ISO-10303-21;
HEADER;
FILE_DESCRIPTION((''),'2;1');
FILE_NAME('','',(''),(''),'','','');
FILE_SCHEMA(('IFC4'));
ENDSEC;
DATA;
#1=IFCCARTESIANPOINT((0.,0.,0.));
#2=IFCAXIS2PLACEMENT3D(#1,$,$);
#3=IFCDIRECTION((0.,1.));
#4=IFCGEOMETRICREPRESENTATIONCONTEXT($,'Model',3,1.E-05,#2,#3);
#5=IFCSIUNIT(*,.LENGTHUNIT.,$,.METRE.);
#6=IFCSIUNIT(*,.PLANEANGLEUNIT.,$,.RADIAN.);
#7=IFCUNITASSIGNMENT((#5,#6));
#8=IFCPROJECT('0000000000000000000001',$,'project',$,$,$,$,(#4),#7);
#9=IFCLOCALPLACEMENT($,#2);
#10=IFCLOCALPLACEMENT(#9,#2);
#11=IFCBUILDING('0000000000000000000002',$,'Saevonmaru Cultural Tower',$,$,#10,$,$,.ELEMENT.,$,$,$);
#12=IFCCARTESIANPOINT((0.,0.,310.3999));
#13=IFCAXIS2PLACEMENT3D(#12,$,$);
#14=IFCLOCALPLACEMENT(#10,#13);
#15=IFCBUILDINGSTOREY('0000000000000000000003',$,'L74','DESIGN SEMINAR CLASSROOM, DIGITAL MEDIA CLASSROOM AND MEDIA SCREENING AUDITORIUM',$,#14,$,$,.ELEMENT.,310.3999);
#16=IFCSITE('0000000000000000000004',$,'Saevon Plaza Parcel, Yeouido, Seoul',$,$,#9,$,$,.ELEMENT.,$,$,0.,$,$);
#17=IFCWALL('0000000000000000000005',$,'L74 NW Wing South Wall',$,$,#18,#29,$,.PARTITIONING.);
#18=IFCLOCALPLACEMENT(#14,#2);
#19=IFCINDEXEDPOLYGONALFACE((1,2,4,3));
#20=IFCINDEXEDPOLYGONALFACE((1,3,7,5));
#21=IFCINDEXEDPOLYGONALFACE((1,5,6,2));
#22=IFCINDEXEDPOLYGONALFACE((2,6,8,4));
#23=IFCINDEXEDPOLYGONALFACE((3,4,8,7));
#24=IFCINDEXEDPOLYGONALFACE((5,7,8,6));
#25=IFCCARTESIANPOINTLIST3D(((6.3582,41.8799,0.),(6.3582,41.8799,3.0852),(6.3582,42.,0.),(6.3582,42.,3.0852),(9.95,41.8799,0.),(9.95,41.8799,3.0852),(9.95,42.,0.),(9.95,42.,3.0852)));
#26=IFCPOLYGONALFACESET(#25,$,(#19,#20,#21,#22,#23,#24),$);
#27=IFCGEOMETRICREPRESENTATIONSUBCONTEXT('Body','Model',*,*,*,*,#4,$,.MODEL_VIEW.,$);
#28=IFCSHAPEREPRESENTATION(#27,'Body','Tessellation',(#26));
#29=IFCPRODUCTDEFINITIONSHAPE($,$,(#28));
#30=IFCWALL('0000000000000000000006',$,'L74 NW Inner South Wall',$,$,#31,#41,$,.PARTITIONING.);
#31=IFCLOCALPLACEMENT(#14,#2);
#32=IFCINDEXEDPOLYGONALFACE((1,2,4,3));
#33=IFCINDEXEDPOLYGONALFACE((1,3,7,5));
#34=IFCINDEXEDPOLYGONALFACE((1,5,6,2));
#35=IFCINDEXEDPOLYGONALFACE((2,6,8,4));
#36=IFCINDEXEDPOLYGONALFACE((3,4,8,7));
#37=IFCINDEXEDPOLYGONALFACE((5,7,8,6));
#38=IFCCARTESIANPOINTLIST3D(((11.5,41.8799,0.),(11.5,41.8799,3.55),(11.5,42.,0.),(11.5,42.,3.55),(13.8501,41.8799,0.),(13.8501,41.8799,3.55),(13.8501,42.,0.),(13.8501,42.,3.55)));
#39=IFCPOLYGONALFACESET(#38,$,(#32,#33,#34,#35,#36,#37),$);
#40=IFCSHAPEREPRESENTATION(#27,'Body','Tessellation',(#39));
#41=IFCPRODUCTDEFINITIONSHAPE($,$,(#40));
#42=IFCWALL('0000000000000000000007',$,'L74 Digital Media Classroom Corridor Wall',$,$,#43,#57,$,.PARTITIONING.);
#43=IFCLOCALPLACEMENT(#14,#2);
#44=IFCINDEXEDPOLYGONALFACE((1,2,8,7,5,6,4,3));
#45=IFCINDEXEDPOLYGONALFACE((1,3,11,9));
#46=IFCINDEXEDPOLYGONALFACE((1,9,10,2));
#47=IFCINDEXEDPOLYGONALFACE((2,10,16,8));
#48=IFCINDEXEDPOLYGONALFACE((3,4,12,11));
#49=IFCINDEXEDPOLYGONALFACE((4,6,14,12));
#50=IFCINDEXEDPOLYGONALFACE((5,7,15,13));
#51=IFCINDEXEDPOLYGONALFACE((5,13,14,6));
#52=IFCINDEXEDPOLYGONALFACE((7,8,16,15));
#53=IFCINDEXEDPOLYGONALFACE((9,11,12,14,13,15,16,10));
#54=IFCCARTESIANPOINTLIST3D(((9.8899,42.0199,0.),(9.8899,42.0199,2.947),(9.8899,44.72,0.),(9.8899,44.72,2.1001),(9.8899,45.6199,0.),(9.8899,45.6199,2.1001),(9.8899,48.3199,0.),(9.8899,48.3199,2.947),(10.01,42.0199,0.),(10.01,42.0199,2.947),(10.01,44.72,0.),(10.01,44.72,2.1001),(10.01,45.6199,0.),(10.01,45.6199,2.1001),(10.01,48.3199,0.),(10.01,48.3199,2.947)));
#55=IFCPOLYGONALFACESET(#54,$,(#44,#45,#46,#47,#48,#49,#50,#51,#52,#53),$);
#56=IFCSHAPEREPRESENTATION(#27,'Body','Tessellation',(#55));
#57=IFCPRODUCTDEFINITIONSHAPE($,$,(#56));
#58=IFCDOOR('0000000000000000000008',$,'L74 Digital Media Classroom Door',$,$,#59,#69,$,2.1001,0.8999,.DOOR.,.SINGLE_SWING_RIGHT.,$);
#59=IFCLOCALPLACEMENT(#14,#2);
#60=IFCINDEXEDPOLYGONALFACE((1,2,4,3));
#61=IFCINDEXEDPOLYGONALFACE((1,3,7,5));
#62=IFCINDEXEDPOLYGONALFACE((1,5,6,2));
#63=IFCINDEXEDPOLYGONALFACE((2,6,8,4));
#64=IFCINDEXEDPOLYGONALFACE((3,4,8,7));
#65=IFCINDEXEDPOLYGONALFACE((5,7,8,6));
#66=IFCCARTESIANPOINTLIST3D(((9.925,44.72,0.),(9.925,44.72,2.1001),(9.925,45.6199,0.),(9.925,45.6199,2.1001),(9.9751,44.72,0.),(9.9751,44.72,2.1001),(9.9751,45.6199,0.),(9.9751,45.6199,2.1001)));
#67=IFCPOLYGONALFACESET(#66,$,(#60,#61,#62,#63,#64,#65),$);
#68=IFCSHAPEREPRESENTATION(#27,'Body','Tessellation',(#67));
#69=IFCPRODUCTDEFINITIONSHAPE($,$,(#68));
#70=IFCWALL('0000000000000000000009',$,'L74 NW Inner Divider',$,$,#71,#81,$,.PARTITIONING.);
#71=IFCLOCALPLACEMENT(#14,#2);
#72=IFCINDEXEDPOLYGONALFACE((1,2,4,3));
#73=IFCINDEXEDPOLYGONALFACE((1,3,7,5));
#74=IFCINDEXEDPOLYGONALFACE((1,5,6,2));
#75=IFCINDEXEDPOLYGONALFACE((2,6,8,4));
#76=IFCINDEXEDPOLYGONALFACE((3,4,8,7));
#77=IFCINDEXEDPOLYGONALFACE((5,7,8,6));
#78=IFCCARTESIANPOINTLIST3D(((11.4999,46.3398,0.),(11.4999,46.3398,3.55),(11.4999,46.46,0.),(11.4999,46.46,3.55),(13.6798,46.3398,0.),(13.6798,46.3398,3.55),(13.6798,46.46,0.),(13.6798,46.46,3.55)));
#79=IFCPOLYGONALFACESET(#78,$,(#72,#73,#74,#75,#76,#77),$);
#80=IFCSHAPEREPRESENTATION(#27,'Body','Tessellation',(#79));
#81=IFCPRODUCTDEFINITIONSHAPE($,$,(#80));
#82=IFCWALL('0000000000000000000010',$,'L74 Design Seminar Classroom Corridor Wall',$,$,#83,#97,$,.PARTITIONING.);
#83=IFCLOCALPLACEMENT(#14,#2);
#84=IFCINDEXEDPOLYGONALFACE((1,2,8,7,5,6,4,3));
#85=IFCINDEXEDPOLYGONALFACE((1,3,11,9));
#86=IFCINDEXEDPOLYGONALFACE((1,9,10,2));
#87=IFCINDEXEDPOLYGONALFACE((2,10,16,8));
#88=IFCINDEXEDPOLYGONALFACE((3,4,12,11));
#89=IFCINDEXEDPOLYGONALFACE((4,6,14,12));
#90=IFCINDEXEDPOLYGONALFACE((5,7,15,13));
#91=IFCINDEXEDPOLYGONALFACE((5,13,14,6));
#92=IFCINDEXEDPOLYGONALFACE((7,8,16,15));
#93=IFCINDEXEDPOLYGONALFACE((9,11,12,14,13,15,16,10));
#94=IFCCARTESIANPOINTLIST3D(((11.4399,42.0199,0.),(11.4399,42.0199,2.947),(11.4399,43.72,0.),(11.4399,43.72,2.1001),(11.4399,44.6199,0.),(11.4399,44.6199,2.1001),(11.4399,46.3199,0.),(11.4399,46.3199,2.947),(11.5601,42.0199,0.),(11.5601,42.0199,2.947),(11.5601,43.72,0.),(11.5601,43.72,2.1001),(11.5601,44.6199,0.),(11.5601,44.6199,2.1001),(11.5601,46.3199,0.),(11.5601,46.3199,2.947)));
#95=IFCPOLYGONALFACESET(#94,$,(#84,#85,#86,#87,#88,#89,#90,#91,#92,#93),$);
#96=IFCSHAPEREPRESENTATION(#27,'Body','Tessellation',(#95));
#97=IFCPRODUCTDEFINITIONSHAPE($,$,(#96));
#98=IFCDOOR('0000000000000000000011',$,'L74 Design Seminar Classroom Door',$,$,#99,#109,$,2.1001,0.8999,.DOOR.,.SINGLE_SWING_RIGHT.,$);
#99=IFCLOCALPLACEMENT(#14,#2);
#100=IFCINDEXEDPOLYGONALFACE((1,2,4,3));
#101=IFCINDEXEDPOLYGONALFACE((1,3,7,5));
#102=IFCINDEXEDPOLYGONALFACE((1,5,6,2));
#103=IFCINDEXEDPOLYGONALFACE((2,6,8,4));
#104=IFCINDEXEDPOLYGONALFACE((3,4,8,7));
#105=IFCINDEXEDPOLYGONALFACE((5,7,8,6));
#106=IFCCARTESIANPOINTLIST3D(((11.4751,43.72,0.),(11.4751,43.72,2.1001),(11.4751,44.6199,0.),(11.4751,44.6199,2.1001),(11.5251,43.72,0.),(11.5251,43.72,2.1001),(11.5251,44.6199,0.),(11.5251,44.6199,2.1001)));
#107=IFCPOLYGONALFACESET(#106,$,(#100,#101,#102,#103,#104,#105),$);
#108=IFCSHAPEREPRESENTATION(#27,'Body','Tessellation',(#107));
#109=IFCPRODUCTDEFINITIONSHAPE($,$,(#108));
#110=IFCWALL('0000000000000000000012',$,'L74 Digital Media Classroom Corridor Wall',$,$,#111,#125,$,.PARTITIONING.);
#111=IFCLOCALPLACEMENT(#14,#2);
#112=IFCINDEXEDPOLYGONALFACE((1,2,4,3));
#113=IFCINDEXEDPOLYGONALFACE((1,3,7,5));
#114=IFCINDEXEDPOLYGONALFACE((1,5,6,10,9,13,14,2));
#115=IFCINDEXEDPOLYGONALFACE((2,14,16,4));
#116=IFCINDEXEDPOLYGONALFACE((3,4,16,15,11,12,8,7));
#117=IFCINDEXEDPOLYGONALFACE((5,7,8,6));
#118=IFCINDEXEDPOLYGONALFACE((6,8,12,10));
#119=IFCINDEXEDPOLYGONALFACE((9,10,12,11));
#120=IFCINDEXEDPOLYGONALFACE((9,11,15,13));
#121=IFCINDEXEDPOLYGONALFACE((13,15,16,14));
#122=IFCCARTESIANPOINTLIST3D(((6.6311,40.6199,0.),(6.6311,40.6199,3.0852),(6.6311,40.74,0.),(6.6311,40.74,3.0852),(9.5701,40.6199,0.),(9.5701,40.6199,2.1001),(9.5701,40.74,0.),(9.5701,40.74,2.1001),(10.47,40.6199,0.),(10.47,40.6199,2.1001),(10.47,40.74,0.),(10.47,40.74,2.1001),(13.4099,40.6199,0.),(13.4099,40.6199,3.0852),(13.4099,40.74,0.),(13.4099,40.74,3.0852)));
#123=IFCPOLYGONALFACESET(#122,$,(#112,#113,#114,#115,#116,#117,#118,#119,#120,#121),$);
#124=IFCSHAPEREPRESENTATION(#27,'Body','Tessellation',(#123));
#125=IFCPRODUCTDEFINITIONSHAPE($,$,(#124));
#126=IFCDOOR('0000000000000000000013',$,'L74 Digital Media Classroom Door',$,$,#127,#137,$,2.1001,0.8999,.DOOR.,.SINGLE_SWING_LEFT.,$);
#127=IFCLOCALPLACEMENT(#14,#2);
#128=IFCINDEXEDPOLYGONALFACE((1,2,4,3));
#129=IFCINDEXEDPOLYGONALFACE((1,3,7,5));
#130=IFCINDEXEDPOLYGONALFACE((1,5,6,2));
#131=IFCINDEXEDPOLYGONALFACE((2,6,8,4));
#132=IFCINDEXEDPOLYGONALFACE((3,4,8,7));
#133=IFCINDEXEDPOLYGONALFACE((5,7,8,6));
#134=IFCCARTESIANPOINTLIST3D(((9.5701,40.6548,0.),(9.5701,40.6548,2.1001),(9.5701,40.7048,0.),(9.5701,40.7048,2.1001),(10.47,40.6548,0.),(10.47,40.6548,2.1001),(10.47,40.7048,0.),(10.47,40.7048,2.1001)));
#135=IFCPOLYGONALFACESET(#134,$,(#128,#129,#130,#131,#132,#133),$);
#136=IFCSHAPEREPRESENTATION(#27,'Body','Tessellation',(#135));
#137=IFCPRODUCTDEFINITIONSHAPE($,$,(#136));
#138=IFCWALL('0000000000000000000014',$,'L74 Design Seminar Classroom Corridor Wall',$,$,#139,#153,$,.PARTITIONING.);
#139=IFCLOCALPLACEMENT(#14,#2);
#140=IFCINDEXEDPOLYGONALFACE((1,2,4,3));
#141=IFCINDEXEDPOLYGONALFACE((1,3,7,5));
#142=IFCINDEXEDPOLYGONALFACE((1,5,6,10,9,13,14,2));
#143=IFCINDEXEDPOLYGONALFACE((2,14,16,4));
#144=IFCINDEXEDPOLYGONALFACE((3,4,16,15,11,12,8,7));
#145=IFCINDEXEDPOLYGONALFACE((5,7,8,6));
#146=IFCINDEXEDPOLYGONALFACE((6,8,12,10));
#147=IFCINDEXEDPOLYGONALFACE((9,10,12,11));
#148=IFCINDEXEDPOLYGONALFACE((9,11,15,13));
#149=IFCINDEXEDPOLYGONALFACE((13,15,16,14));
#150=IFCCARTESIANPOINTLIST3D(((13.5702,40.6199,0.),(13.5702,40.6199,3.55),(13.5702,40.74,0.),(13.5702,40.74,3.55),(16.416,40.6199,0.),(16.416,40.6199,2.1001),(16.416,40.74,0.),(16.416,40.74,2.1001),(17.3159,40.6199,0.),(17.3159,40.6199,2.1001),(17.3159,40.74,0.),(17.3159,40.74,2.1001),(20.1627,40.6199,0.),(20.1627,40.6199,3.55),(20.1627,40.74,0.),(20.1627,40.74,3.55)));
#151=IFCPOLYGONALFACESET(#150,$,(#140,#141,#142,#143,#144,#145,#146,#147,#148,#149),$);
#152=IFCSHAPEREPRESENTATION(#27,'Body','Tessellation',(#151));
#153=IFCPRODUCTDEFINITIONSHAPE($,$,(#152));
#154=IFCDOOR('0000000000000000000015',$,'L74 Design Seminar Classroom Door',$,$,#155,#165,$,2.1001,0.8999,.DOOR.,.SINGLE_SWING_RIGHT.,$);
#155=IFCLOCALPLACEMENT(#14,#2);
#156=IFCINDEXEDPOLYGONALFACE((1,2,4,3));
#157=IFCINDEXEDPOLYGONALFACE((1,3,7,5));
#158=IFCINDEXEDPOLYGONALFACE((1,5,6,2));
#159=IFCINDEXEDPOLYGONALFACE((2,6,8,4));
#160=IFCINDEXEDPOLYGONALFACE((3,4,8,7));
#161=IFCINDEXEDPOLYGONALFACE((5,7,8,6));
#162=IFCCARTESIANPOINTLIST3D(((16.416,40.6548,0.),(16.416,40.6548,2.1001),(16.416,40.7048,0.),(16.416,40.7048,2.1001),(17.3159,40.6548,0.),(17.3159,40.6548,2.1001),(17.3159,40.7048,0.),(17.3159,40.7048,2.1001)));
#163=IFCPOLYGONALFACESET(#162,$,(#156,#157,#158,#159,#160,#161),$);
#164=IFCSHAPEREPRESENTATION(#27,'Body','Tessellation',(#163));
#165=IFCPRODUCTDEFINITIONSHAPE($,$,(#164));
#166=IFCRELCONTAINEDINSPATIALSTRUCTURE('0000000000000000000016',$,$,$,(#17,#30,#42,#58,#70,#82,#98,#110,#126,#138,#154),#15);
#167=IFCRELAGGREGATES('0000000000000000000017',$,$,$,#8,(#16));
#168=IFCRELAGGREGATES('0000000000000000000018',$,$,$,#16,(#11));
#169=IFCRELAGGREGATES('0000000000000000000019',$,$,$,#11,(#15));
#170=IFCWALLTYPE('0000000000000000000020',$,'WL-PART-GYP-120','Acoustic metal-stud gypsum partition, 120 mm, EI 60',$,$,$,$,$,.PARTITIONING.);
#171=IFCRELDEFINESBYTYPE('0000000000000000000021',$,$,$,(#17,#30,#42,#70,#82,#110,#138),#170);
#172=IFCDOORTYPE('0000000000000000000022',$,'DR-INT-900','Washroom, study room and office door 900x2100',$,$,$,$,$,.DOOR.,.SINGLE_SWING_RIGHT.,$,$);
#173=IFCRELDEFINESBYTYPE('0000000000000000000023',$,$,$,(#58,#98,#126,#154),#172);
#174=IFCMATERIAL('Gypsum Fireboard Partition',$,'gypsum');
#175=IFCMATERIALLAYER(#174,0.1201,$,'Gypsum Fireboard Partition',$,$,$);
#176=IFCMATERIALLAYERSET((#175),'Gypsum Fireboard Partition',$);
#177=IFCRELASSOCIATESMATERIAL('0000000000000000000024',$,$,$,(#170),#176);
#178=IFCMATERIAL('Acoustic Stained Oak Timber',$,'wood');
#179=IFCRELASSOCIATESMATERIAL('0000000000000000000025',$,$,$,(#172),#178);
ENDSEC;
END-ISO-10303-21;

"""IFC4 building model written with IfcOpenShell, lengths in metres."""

from ifc_helpers import new_model, si_unit, direction, frame, frame_2d, origin, place, context, subcontext, project, spatial, rectangle, extrude, material, layer, layer_set, type_object, element, fill, save


model = new_model("IFC4")

# Units and contexts
model_context = context("Model", 3, precision=1e-05, world=origin(), true_north=direction((0.0, 1.0)))
body_context = subcontext(model_context, "Body", "Model", "MODEL_VIEW")
ifc_project = project(units=[si_unit("LENGTHUNIT", "METRE"), si_unit("PLANEANGLEUNIT", "RADIAN")], contexts=[model_context])

# Site, building, storey
site_placement = place(None, origin())
site = spatial("IfcSite", under=ifc_project, at=site_placement, Name="Saevon Plaza Parcel, Yeouido, Seoul", CompositionType="ELEMENT", RefElevation=0.0)
building_placement = place(site_placement, origin())
building = spatial("IfcBuilding", under=site, at=building_placement, Name="Saevonmaru Cultural Tower", CompositionType="ELEMENT")
storey_placement = place(building_placement, frame((0.0, 0.0, 310.3999)))
storey = spatial("IfcBuildingStorey", under=building, at=storey_placement, Name="L74", Description="DESIGN SEMINAR CLASSROOM, DIGITAL MEDIA CLASSROOM AND MEDIA SCREENING AUDITORIUM", CompositionType="ELEMENT", Elevation=310.3999)

# Shared definitions
ifc_material_1 = material(Name="Gypsum Fireboard Partition", Category="gypsum")
ifc_material_2 = material(Name="Acoustic Stained Oak Timber", Category="wood")

# Walls
ifc_layer_1 = layer(ifc_material_1, 0.1201, Name="Gypsum Fireboard Partition")
ifc_layer_set_1 = layer_set([ifc_layer_1], Name="Gypsum Fireboard Partition")
wall_type_1 = type_object("IfcWallType", Name="WL-PART-GYP-120", Description="Acoustic metal-stud gypsum partition, 120 mm, EI 60", PredefinedType="PARTITIONING", material=ifc_layer_set_1)
wall_1_placement = place(storey_placement, frame((6.3582, 41.9399, 0.0), z_axis=(0.0, 0.0, 1.0), x_axis=(1.0, 0.0, 0.0)))
element("IfcWall", 1, at=wall_1_placement, inside=storey, type_object=wall_type_1, Name="L74 NW Wing South Wall", PredefinedType="PARTITIONING", context=body_context, shape_type="SweptSolid", body=[
    extrude(rectangle(XDim=3.5918, YDim=0.1201, at=frame_2d((1.7959, 0.0))), origin(), (0.0, 0.0, 1.0), 3.0852),
])
wall_2_placement = place(storey_placement, frame((11.5, 41.9399, 0.0), z_axis=(0.0, 0.0, 1.0), x_axis=(1.0, 0.0, 0.0)))
element("IfcWall", 2, at=wall_2_placement, inside=storey, type_object=wall_type_1, Name="L74 NW Inner South Wall", PredefinedType="PARTITIONING", context=body_context, shape_type="SweptSolid", body=[
    extrude(rectangle(XDim=2.3501, YDim=0.1201, at=frame_2d((1.175, 0.0))), origin(), (0.0, 0.0, 1.0), 3.55),
])

# Wall, opening, door
wall_3_placement = place(storey_placement, frame((9.95, 42.02, 0.0), z_axis=(0.0, 0.0, 1.0), x_axis=(0.0, 1.0, 0.0)))
wall_3 = element("IfcWall", 3, at=wall_3_placement, inside=storey, type_object=wall_type_1, Name="L74 Digital Media Classroom Corridor Wall", PredefinedType="PARTITIONING", context=body_context, shape_type="SweptSolid", body=[
    extrude(rectangle(XDim=6.3, YDim=0.1201, at=frame_2d((3.1499, 0.0))), origin(), (0.0, 0.0, 1.0), 2.947),
])
opening_1_placement = place(wall_3_placement, frame((2.7, 0.0, 0.0)))
opening_1 = element("IfcOpeningElement", 4, at=opening_1_placement, cuts=wall_3, PredefinedType="OPENING", context=body_context, shape_type="SweptSolid", body=[
    extrude(rectangle(XDim=0.8999, YDim=2.1001, at=frame_2d((0.45, 1.05))), frame((0.0, 0.0701, 0.0), z_axis=(0.0, -1.0, 0.0), x_axis=(1.0, 0.0, 0.0)), (0.0, 0.0, 1.0), 0.1401),
])
door_type_1 = type_object("IfcDoorType", Name="DR-INT-900", Description="Washroom, study room and office door 900x2100", OperationType="SINGLE_SWING_RIGHT", PredefinedType="DOOR", material=ifc_material_2)
door_1_placement = place(opening_1_placement, origin())
door_1 = element("IfcDoor", 5, at=door_1_placement, inside=storey, type_object=door_type_1, Name="L74 Digital Media Classroom Door", OperationType="SINGLE_SWING_RIGHT", OverallHeight=2.1001, OverallWidth=0.8999, PredefinedType="DOOR", context=body_context, shape_type="SweptSolid", body=[
    extrude(rectangle(XDim=0.8999, YDim=2.1001, at=frame_2d((0.45, 1.05))), frame((0.0, 0.0249, 0.0), z_axis=(0.0, -1.0, 0.0), x_axis=(1.0, 0.0, 0.0)), (0.0, 0.0, 1.0), 0.05),
])
fill(opening_1, door_1)

# Wall
wall_4_placement = place(storey_placement, frame((11.5, 46.3999, 0.0), z_axis=(0.0, 0.0, 1.0), x_axis=(1.0, 0.0, 0.0)))
element("IfcWall", 6, at=wall_4_placement, inside=storey, type_object=wall_type_1, Name="L74 NW Inner Divider", PredefinedType="PARTITIONING", context=body_context, shape_type="SweptSolid", body=[
    extrude(rectangle(XDim=2.1799, YDim=0.1201, at=frame_2d((1.0898, 0.0))), origin(), (0.0, 0.0, 1.0), 3.55),
])

# Walls, openings, doors
wall_5_placement = place(storey_placement, frame((11.5, 42.02, 0.0), z_axis=(0.0, 0.0, 1.0), x_axis=(0.0, 1.0, 0.0)))
wall_5 = element("IfcWall", 7, at=wall_5_placement, inside=storey, type_object=wall_type_1, Name="L74 Design Seminar Classroom Corridor Wall", PredefinedType="PARTITIONING", context=body_context, shape_type="SweptSolid", body=[
    extrude(rectangle(XDim=4.3, YDim=0.1201, at=frame_2d((2.1499, 0.0))), origin(), (0.0, 0.0, 1.0), 2.947),
])
opening_2_placement = place(wall_5_placement, frame((1.7, 0.0, 0.0)))
opening_2 = element("IfcOpeningElement", 8, at=opening_2_placement, cuts=wall_5, PredefinedType="OPENING", context=body_context, shape_type="SweptSolid", body=[
    extrude(rectangle(XDim=0.8999, YDim=2.1001, at=frame_2d((0.45, 1.05))), frame((0.0, 0.0701, 0.0), z_axis=(0.0, -1.0, 0.0), x_axis=(1.0, 0.0, 0.0)), (0.0, 0.0, 1.0), 0.1401),
])
door_2_placement = place(opening_2_placement, origin())
door_2 = element("IfcDoor", 9, at=door_2_placement, inside=storey, type_object=door_type_1, Name="L74 Design Seminar Classroom Door", OperationType="SINGLE_SWING_RIGHT", OverallHeight=2.1001, OverallWidth=0.8999, PredefinedType="DOOR", context=body_context, shape_type="SweptSolid", body=[
    extrude(rectangle(XDim=0.8999, YDim=2.1001, at=frame_2d((0.45, 1.05))), frame((0.0, 0.0249, 0.0), z_axis=(0.0, -1.0, 0.0), x_axis=(1.0, 0.0, 0.0)), (0.0, 0.0, 1.0), 0.05),
])
fill(opening_2, door_2)
wall_6_placement = place(storey_placement, frame((6.6311, 40.6799, 0.0), z_axis=(0.0, 0.0, 1.0), x_axis=(1.0, 0.0, 0.0)))
wall_6 = element("IfcWall", 10, at=wall_6_placement, inside=storey, type_object=wall_type_1, Name="L74 Digital Media Classroom Corridor Wall", PredefinedType="PARTITIONING", context=body_context, shape_type="SweptSolid", body=[
    extrude(rectangle(XDim=6.7788, YDim=0.1201, at=frame_2d((3.3894, 0.0))), origin(), (0.0, 0.0, 1.0), 3.0852),
])
opening_3_placement = place(wall_6_placement, frame((2.939, 0.0, 0.0)))
opening_3 = element("IfcOpeningElement", 11, at=opening_3_placement, cuts=wall_6, PredefinedType="OPENING", context=body_context, shape_type="SweptSolid", body=[
    extrude(rectangle(XDim=0.8999, YDim=2.1001, at=frame_2d((0.45, 1.05))), frame((0.0, 0.0701, 0.0), z_axis=(0.0, -1.0, 0.0), x_axis=(1.0, 0.0, 0.0)), (0.0, 0.0, 1.0), 0.1401),
])
door_3_placement = place(opening_3_placement, origin())
door_3 = element("IfcDoor", 12, at=door_3_placement, inside=storey, type_object=door_type_1, Name="L74 Digital Media Classroom Door", OperationType="SINGLE_SWING_LEFT", OverallHeight=2.1001, OverallWidth=0.8999, PredefinedType="DOOR", context=body_context, shape_type="SweptSolid", body=[
    extrude(rectangle(XDim=0.8999, YDim=2.1001, at=frame_2d((0.45, 1.05))), frame((0.0, 0.0249, 0.0), z_axis=(0.0, -1.0, 0.0), x_axis=(1.0, 0.0, 0.0)), (0.0, 0.0, 1.0), 0.05),
])
fill(opening_3, door_3)
wall_7_placement = place(storey_placement, frame((13.5701, 40.6799, 0.0), z_axis=(0.0, 0.0, 1.0), x_axis=(1.0, 0.0, 0.0)))
wall_7 = element("IfcWall", 13, at=wall_7_placement, inside=storey, type_object=wall_type_1, Name="L74 Design Seminar Classroom Corridor Wall", PredefinedType="PARTITIONING", context=body_context, shape_type="SweptSolid", body=[
    extrude(rectangle(XDim=6.5925, YDim=0.1201, at=frame_2d((3.2964, 0.0))), origin(), (0.0, 0.0, 1.0), 3.55),
])
opening_4_placement = place(wall_7_placement, frame((2.8459, 0.0, 0.0)))
opening_4 = element("IfcOpeningElement", 14, at=opening_4_placement, cuts=wall_7, PredefinedType="OPENING", context=body_context, shape_type="SweptSolid", body=[
    extrude(rectangle(XDim=0.8999, YDim=2.1001, at=frame_2d((0.45, 1.05))), frame((0.0, 0.0701, 0.0), z_axis=(0.0, -1.0, 0.0), x_axis=(1.0, 0.0, 0.0)), (0.0, 0.0, 1.0), 0.1401),
])
door_4_placement = place(opening_4_placement, origin())
door_4 = element("IfcDoor", 15, at=door_4_placement, inside=storey, type_object=door_type_1, Name="L74 Design Seminar Classroom Door", OperationType="SINGLE_SWING_RIGHT", OverallHeight=2.1001, OverallWidth=0.8999, PredefinedType="DOOR", context=body_context, shape_type="SweptSolid", body=[
    extrude(rectangle(XDim=0.8999, YDim=2.1001, at=frame_2d((0.45, 1.05))), frame((0.0, 0.0249, 0.0), z_axis=(0.0, -1.0, 0.0), x_axis=(1.0, 0.0, 0.0)), (0.0, 0.0, 1.0), 0.05),
])
fill(opening_4, door_4)

save(model, "model.ifc")
